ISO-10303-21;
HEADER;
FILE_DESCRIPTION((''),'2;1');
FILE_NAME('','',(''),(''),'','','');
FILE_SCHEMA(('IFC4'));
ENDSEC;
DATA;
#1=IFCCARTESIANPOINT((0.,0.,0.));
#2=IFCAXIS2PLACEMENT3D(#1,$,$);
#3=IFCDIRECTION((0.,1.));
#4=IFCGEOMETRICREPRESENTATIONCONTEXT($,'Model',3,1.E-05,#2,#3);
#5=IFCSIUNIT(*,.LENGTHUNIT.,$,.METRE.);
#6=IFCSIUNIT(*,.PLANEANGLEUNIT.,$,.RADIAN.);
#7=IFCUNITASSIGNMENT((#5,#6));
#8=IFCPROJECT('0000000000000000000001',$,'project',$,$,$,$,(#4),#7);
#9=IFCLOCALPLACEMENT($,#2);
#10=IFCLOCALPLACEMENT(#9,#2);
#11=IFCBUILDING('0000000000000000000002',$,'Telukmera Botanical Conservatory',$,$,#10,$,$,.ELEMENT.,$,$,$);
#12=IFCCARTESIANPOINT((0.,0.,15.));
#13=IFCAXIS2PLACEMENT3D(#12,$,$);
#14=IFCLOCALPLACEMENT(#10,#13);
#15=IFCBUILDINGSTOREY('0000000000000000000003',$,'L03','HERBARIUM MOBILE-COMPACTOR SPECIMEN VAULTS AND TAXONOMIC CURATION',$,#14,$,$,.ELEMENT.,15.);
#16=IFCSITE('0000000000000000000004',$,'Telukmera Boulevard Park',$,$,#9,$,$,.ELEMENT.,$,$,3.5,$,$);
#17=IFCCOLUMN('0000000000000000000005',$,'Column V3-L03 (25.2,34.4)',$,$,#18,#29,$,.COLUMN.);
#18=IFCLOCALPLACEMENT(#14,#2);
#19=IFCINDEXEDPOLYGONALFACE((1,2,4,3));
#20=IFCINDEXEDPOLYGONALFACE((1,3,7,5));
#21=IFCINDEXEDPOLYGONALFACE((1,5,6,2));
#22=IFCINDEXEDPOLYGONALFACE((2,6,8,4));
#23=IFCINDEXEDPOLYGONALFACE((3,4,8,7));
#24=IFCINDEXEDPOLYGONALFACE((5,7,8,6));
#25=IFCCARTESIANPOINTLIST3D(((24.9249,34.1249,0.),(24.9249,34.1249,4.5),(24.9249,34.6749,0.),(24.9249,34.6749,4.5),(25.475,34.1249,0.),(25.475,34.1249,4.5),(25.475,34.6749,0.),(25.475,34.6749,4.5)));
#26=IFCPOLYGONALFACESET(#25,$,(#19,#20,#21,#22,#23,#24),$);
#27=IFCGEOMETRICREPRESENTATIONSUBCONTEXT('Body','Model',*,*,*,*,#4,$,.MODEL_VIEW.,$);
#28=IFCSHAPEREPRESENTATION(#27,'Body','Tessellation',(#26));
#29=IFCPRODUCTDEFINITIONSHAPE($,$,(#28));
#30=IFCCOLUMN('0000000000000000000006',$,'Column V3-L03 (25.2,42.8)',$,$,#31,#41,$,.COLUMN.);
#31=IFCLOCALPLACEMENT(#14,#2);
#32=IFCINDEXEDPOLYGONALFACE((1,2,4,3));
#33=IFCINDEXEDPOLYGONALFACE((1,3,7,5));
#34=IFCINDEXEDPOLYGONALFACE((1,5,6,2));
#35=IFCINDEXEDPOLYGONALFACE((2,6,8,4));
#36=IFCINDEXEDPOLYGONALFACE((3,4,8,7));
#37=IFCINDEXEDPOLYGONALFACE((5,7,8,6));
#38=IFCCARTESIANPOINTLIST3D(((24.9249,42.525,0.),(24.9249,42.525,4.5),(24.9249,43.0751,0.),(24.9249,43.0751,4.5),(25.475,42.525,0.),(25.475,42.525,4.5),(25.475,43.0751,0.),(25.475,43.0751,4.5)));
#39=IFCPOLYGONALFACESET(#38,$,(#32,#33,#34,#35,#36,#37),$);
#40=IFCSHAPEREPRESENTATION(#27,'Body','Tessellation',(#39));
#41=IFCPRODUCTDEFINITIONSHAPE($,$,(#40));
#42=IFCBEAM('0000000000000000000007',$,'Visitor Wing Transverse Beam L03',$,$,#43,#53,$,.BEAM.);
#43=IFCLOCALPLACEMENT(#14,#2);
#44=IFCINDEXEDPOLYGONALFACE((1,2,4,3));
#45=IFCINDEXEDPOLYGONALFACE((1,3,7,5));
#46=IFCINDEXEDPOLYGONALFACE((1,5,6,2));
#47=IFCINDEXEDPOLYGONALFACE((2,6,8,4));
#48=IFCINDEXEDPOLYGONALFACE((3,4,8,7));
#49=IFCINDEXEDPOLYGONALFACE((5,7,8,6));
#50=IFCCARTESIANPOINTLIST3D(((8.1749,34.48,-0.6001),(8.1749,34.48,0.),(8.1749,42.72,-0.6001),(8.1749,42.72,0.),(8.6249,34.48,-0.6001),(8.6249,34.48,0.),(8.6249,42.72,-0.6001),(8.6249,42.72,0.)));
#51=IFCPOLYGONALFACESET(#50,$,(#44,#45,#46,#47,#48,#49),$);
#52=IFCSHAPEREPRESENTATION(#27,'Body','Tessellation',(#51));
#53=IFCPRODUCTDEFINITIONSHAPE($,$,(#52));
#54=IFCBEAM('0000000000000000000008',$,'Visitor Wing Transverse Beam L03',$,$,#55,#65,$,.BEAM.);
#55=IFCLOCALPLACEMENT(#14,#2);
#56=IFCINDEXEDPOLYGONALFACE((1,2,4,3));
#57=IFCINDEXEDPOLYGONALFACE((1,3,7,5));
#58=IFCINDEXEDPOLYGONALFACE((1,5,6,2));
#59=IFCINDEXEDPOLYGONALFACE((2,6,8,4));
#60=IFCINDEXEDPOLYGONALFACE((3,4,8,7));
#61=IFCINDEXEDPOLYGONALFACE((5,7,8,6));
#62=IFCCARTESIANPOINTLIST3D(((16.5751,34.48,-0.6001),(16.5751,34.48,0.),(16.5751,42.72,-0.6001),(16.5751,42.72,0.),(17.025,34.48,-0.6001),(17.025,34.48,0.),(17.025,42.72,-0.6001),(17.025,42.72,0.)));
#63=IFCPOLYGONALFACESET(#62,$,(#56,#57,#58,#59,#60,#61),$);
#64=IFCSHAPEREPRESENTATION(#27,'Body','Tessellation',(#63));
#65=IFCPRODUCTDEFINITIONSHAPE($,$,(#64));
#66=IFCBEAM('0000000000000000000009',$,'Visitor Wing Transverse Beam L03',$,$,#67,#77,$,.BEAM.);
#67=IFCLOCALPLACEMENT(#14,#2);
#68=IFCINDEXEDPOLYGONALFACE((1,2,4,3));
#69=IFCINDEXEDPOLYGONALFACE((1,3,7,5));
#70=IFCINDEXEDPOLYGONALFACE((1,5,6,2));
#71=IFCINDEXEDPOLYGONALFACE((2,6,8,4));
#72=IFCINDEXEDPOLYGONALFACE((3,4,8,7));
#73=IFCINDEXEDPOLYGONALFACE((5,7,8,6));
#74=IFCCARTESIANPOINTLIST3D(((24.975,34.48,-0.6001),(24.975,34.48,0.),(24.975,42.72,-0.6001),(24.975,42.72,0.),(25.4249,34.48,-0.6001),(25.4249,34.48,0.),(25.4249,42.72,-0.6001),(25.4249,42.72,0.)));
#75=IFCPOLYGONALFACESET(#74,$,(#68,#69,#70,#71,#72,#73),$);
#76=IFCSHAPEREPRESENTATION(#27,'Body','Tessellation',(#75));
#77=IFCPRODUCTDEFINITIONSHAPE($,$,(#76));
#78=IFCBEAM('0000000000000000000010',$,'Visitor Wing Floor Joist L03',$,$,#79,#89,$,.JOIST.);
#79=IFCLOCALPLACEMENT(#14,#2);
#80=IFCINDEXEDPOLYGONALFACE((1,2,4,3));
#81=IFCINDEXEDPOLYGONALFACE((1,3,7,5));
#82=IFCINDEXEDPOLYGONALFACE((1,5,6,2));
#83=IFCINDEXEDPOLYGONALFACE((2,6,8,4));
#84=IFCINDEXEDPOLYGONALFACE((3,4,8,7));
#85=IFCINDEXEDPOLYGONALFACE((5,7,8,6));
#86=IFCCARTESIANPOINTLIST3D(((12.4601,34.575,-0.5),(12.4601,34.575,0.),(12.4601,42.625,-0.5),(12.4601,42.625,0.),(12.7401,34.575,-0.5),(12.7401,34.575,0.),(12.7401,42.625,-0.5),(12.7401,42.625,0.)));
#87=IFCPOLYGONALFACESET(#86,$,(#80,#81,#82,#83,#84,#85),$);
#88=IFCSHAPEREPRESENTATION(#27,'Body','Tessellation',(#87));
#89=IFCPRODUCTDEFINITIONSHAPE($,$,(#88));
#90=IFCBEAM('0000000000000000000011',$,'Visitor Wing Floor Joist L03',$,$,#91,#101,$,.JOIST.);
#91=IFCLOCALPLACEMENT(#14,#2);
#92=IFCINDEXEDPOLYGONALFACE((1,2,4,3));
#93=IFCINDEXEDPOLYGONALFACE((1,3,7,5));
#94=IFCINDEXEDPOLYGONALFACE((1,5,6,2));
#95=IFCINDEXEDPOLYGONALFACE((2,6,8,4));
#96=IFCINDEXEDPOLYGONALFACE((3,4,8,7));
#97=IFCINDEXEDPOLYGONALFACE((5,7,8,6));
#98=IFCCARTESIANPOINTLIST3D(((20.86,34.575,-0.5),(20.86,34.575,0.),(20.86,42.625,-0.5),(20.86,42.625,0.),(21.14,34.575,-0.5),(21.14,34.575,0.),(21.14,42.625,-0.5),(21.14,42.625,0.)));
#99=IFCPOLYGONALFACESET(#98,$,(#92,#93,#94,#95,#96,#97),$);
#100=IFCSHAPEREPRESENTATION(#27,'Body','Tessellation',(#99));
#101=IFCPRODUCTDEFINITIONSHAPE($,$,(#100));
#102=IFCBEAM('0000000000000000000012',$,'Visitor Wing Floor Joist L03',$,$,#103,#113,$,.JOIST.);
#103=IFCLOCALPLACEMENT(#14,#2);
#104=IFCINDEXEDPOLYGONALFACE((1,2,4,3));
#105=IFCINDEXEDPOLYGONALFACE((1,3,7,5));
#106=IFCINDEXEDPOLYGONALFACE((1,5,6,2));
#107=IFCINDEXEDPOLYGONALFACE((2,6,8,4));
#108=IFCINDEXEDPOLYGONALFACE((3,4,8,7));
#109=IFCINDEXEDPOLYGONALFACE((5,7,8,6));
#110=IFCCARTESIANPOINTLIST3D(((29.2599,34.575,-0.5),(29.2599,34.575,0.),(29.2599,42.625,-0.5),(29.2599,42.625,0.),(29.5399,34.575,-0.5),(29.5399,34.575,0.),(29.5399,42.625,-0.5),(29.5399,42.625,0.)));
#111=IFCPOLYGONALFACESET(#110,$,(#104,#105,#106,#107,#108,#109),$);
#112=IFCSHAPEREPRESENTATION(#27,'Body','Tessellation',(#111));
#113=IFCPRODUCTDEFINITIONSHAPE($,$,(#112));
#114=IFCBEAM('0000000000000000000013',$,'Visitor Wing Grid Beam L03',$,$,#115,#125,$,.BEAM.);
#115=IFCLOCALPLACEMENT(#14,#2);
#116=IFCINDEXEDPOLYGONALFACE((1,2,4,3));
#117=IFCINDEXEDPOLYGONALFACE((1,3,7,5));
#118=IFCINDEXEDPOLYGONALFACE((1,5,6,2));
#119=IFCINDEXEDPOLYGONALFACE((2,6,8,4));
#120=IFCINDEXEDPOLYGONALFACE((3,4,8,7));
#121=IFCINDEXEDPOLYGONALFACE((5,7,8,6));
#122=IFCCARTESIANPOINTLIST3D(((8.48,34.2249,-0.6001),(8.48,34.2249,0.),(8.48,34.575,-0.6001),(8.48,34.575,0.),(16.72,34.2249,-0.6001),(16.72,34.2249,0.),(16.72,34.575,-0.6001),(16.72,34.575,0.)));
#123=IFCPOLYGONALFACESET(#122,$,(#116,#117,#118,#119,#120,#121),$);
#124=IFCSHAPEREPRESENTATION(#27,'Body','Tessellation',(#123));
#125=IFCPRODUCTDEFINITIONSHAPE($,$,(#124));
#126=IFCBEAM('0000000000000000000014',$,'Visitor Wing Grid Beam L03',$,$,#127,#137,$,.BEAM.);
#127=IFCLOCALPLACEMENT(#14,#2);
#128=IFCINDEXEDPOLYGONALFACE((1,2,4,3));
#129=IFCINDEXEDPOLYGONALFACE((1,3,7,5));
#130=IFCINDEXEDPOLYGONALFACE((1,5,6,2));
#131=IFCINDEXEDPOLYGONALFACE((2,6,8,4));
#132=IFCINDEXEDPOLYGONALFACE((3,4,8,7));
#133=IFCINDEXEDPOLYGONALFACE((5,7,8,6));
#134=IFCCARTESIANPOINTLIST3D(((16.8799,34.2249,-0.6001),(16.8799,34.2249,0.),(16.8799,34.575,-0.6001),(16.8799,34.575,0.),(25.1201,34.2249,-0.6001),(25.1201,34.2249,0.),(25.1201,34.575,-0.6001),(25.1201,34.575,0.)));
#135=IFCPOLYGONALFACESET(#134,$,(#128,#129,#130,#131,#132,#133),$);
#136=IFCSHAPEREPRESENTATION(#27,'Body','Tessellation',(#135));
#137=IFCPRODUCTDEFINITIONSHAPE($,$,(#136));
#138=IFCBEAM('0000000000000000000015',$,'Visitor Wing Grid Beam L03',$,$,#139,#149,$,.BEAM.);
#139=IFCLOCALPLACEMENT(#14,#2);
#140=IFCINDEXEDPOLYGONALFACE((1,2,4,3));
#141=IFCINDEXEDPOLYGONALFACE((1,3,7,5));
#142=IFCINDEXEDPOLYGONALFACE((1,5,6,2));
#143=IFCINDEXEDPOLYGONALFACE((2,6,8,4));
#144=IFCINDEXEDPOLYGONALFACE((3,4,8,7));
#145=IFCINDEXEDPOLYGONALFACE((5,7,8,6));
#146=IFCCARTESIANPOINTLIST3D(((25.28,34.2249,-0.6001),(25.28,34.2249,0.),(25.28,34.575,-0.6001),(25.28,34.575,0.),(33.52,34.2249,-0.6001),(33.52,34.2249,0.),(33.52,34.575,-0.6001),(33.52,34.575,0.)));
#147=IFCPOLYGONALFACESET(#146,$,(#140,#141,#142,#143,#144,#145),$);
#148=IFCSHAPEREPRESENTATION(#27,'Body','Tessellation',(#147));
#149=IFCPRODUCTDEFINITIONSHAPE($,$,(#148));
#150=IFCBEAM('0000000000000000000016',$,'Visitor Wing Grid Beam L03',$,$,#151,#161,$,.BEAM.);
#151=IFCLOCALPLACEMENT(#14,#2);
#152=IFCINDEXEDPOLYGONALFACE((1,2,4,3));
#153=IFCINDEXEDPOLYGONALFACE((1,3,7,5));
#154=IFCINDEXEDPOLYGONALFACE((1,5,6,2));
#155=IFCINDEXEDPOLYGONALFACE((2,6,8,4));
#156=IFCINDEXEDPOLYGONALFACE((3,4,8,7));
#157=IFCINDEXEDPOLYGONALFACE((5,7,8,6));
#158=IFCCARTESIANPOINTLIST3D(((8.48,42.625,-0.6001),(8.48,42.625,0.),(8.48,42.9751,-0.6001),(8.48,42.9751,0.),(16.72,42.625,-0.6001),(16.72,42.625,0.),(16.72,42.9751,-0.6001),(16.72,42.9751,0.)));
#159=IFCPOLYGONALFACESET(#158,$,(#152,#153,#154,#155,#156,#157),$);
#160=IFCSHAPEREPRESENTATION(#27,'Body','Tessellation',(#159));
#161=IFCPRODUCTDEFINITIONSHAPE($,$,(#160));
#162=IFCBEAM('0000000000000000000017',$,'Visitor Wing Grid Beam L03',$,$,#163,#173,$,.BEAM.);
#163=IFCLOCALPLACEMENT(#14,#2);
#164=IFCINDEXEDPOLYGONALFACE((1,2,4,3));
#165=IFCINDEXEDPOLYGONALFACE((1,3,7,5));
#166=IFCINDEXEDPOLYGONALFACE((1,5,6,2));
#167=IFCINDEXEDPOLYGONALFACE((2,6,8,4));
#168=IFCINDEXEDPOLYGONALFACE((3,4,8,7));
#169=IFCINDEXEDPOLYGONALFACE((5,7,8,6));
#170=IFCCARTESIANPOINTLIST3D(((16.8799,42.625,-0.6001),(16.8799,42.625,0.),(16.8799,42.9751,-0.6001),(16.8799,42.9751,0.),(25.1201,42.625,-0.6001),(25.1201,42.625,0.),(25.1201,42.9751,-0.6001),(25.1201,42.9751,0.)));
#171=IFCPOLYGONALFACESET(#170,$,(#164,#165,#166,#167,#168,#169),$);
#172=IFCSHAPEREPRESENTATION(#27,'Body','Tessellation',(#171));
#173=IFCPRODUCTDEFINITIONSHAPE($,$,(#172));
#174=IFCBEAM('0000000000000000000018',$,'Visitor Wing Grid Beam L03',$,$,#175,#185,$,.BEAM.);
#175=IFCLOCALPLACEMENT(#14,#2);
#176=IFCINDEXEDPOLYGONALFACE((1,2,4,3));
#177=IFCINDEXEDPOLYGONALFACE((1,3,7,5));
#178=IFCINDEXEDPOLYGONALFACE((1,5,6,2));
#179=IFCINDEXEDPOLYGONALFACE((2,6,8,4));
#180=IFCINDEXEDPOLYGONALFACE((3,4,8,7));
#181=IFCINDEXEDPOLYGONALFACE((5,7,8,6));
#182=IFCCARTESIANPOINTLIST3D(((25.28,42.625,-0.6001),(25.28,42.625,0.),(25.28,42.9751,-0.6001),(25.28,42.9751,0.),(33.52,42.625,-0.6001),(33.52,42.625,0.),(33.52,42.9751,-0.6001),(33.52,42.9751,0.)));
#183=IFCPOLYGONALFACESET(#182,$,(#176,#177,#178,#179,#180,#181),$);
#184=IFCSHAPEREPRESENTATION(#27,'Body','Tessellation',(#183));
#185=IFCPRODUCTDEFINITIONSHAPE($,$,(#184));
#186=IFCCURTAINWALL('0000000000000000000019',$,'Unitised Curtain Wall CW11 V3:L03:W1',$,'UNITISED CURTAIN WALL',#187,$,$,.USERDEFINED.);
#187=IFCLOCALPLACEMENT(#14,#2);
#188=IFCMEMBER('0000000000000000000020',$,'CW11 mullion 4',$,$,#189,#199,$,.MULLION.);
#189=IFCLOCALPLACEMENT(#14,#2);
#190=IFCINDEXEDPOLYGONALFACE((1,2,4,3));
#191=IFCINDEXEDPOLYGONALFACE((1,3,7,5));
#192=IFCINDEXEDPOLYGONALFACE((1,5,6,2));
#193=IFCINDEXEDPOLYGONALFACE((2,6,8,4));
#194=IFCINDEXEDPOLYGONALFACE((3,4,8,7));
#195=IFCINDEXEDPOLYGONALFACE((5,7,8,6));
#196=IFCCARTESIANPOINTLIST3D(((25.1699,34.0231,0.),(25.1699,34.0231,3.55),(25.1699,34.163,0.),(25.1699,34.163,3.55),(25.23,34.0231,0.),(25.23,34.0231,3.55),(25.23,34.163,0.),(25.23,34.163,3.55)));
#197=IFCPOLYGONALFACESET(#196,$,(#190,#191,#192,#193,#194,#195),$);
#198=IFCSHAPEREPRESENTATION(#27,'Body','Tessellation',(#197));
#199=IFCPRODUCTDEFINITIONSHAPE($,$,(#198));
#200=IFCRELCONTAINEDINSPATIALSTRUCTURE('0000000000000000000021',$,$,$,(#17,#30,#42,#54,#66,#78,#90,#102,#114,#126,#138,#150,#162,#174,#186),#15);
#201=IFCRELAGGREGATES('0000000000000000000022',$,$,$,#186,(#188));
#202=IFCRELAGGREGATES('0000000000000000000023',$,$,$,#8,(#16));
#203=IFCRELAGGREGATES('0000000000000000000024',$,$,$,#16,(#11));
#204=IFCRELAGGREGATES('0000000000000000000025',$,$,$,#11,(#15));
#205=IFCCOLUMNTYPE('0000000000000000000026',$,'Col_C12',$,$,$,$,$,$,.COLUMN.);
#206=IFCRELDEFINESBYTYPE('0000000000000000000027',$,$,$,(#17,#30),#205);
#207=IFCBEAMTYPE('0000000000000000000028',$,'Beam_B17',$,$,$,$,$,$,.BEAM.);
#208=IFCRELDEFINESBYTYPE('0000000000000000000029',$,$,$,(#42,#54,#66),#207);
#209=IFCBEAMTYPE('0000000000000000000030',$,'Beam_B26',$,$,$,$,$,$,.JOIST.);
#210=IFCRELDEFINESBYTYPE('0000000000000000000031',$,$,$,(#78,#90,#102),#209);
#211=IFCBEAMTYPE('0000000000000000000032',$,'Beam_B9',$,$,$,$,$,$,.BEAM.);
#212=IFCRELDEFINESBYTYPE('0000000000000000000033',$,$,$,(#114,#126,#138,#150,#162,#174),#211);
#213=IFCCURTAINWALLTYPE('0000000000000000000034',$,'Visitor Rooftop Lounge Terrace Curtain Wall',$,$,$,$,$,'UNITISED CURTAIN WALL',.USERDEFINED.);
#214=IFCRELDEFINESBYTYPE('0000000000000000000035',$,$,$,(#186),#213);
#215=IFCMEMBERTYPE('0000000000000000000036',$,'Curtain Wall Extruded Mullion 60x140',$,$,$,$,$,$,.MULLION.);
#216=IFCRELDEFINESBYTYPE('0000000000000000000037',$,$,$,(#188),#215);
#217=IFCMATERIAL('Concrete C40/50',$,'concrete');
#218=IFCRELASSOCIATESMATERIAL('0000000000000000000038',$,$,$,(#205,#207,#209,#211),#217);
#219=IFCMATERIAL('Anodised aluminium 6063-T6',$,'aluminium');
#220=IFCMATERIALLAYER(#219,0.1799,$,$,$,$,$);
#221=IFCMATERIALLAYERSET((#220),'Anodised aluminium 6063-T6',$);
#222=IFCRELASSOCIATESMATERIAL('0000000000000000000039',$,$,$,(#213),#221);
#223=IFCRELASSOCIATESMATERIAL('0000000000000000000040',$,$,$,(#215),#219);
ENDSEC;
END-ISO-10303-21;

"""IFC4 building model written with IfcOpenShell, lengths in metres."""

from ifc_helpers import new_model, si_unit, direction, frame, origin, origin_2d, place, context, subcontext, project, spatial, rectangle, extrude, material, layer, layer_set, material_profile, profile_set, type_object, element, aggregate, save


model = new_model("IFC4")

# Units and contexts
model_context = context("Model", 3, precision=1e-05, world=origin(), true_north=direction((0.0, 1.0)))
body_context = subcontext(model_context, "Body", "Model", "MODEL_VIEW")
ifc_project = project(units=[si_unit("LENGTHUNIT", "METRE"), si_unit("PLANEANGLEUNIT", "RADIAN")], contexts=[model_context])

# Site, building, storey
site_placement = place(None, origin())
site = spatial("IfcSite", under=ifc_project, at=site_placement, Name="Telukmera Boulevard Park", CompositionType="ELEMENT", RefElevation=3.5)
building_placement = place(site_placement, origin())
building = spatial("IfcBuilding", under=site, at=building_placement, Name="Telukmera Botanical Conservatory", CompositionType="ELEMENT")
storey_placement = place(building_placement, frame((0.0, 0.0, 15.0)))
storey = spatial("IfcBuildingStorey", under=building, at=storey_placement, Name="L03", Description="HERBARIUM MOBILE-COMPACTOR SPECIMEN VAULTS AND TAXONOMIC CURATION", CompositionType="ELEMENT", Elevation=15.0)

# Columns
ifc_material_1 = material(Name="Concrete C40/50", Category="concrete")
ifc_material_profile_1 = material_profile(ifc_material_1, rectangle(XDim=0.55, YDim=0.55, at=origin_2d()), Name="RC 550x550")
ifc_profile_set_1 = profile_set([ifc_material_profile_1], Name="Concrete C40/50")
column_type = type_object("IfcColumnType", Name="Col_C12", PredefinedType="COLUMN", material=ifc_profile_set_1)
for number, where, z_axis, x_axis, name in (
    (1, (25.2, 34.3999, 0.0), (0.0, 0.0, 1.0), (1.0, 0.0, 0.0), "Column V3-L03 (25.2,34.4)"),
    (2, (25.2, 42.8, 0.0), (0.0, 0.0, 1.0), (1.0, 0.0, 0.0), "Column V3-L03 (25.2,42.8)"),
):
    element("IfcColumn", number, at=place(storey_placement, frame(where, z_axis=z_axis, x_axis=x_axis)), inside=storey, type_object=column_type, Name=name, PredefinedType="COLUMN", context=body_context, shape_type="SweptSolid", body=[
        extrude(rectangle(XDim=0.55, YDim=0.55, at=origin_2d()), origin(), (0.0, 0.0, 1.0), 4.5),
    ])

# Beams
ifc_material_profile_2 = material_profile(ifc_material_1, rectangle(XDim=0.45, YDim=0.6001, at=origin_2d()), Name="RC 450x600")
ifc_profile_set_2 = profile_set([ifc_material_profile_2], Name="Concrete C40/50")
beam_type_1 = type_object("IfcBeamType", Name="Beam_B17", PredefinedType="BEAM", material=ifc_profile_set_2)
for number, where, z_axis, x_axis, name in (
    (3, (8.3999, 34.48, -0.3), (0.0, 1.0, 0.0), (-1.0, 0.0, 0.0), "Visitor Wing Transverse Beam L03"),
    (4, (16.8, 34.48, -0.3), (0.0, 1.0, 0.0), (-1.0, 0.0, 0.0), "Visitor Wing Transverse Beam L03"),
    (5, (25.2, 34.48, -0.3), (0.0, 1.0, 0.0), (-1.0, 0.0, 0.0), "Visitor Wing Transverse Beam L03"),
):
    element("IfcBeam", number, at=place(storey_placement, frame(where, z_axis=z_axis, x_axis=x_axis)), inside=storey, type_object=beam_type_1, Name=name, PredefinedType="BEAM", context=body_context, shape_type="SweptSolid", body=[
        extrude(rectangle(XDim=0.45, YDim=0.6001, at=origin_2d()), origin(), (0.0, 0.0, 1.0), 8.24),
    ])
ifc_material_profile_3 = material_profile(ifc_material_1, rectangle(XDim=0.28, YDim=0.5, at=origin_2d()), Name="RC 280x500")
ifc_profile_set_3 = profile_set([ifc_material_profile_3], Name="Concrete C40/50")
beam_type_2 = type_object("IfcBeamType", Name="Beam_B26", PredefinedType="JOIST", material=ifc_profile_set_3)
for number, where, z_axis, x_axis, name in (
    (6, (12.6001, 34.575, -0.25), (0.0, 1.0, 0.0), (-1.0, 0.0, 0.0), "Visitor Wing Floor Joist L03"),
    (7, (21.0, 34.575, -0.25), (0.0, 1.0, 0.0), (-1.0, 0.0, 0.0), "Visitor Wing Floor Joist L03"),
    (8, (29.3999, 34.575, -0.25), (0.0, 1.0, 0.0), (-1.0, 0.0, 0.0), "Visitor Wing Floor Joist L03"),
):
    element("IfcBeam", number, at=place(storey_placement, frame(where, z_axis=z_axis, x_axis=x_axis)), inside=storey, type_object=beam_type_2, Name=name, PredefinedType="JOIST", context=body_context, shape_type="SweptSolid", body=[
        extrude(rectangle(XDim=0.28, YDim=0.5, at=origin_2d()), origin(), (0.0, 0.0, 1.0), 8.05),
    ])
ifc_material_profile_4 = material_profile(ifc_material_1, rectangle(XDim=0.3501, YDim=0.6001, at=origin_2d()), Name="RC 350x600")
ifc_profile_set_4 = profile_set([ifc_material_profile_4], Name="Concrete C40/50")
beam_type_3 = type_object("IfcBeamType", Name="Beam_B9", PredefinedType="BEAM", material=ifc_profile_set_4)
beam_1_placement = place(storey_placement, frame((8.48, 34.3999, -0.3), z_axis=(1.0, 0.0, 0.0), x_axis=(0.0, 1.0, 0.0)))
element("IfcBeam", 9, at=beam_1_placement, inside=storey, type_object=beam_type_3, Name="Visitor Wing Grid Beam L03", PredefinedType="BEAM", context=body_context, shape_type="SweptSolid", body=[
    extrude(rectangle(XDim=0.3501, YDim=0.6001, at=origin_2d()), origin(), (0.0, 0.0, 1.0), 8.24),
])
beam_2_placement = place(storey_placement, frame((16.8799, 34.3999, -0.3), z_axis=(1.0, 0.0, 0.0), x_axis=(0.0, 1.0, 0.0)))
element("IfcBeam", 10, at=beam_2_placement, inside=storey, type_object=beam_type_3, Name="Visitor Wing Grid Beam L03", PredefinedType="BEAM", context=body_context, shape_type="SweptSolid", body=[
    extrude(rectangle(XDim=0.3501, YDim=0.6001, at=origin_2d()), origin(), (0.0, 0.0, 1.0), 8.2402),
])
for number, where, z_axis, x_axis, name in (
    (11, (25.28, 34.3999, -0.3), (1.0, 0.0, 0.0), (0.0, 1.0, 0.0), "Visitor Wing Grid Beam L03"),
    (12, (8.48, 42.8, -0.3), (1.0, 0.0, 0.0), (0.0, 1.0, 0.0), "Visitor Wing Grid Beam L03"),
):
    element("IfcBeam", number, at=place(storey_placement, frame(where, z_axis=z_axis, x_axis=x_axis)), inside=storey, type_object=beam_type_3, Name=name, PredefinedType="BEAM", context=body_context, shape_type="SweptSolid", body=[
        extrude(rectangle(XDim=0.3501, YDim=0.6001, at=origin_2d()), origin(), (0.0, 0.0, 1.0), 8.24),
    ])
beam_3_placement = place(storey_placement, frame((16.8799, 42.8, -0.3), z_axis=(1.0, 0.0, 0.0), x_axis=(0.0, 1.0, 0.0)))
element("IfcBeam", 13, at=beam_3_placement, inside=storey, type_object=beam_type_3, Name="Visitor Wing Grid Beam L03", PredefinedType="BEAM", context=body_context, shape_type="SweptSolid", body=[
    extrude(rectangle(XDim=0.3501, YDim=0.6001, at=origin_2d()), origin(), (0.0, 0.0, 1.0), 8.2402),
])
beam_4_placement = place(storey_placement, frame((25.28, 42.8, -0.3), z_axis=(1.0, 0.0, 0.0), x_axis=(0.0, 1.0, 0.0)))
element("IfcBeam", 14, at=beam_4_placement, inside=storey, type_object=beam_type_3, Name="Visitor Wing Grid Beam L03", PredefinedType="BEAM", context=body_context, shape_type="SweptSolid", body=[
    extrude(rectangle(XDim=0.3501, YDim=0.6001, at=origin_2d()), origin(), (0.0, 0.0, 1.0), 8.24),
])

# Curtain wall, member
ifc_material_2 = material(Name="Anodised aluminium 6063-T6", Category="aluminium")
ifc_layer_1 = layer(ifc_material_2, 0.1799)
ifc_layer_set_1 = layer_set([ifc_layer_1], Name="Anodised aluminium 6063-T6")
curtain_wall_type = type_object("IfcCurtainWallType", Name="Visitor Rooftop Lounge Terrace Curtain Wall", ElementType="UNITISED CURTAIN WALL", PredefinedType="USERDEFINED", material=ifc_layer_set_1)
curtain_wall_placement = place(storey_placement, origin())
curtain_wall = element("IfcCurtainWall", 15, at=curtain_wall_placement, inside=storey, type_object=curtain_wall_type, Name="Unitised Curtain Wall CW11 V3:L03:W1", ObjectType="UNITISED CURTAIN WALL", PredefinedType="USERDEFINED")
ifc_material_profile_5 = material_profile(ifc_material_2, rectangle(XDim=0.0601, YDim=0.1399, at=origin_2d()), Name="ALU MULL 60x140")
ifc_profile_set_5 = profile_set([ifc_material_profile_5], Name="Anodised aluminium 6063-T6")
member_type_1 = type_object("IfcMemberType", Name="Curtain Wall Extruded Mullion 60x140", PredefinedType="MULLION", material=ifc_profile_set_5)
member_1_placement = place(storey_placement, frame((25.2, 34.093, 0.0), z_axis=(0.0, 0.0, 1.0), x_axis=(-1.0, 0.0, 0.0)))
member_1 = element("IfcMember", 16, at=member_1_placement, type_object=member_type_1, Name="CW11 mullion 4", PredefinedType="MULLION", context=body_context, shape_type="SweptSolid", body=[
    extrude(rectangle(XDim=0.0601, YDim=0.1399, at=origin_2d()), origin(), (0.0, 0.0, 1.0), 3.55),
])
aggregate(curtain_wall, [member_1])

save(model, "model.ifc")
